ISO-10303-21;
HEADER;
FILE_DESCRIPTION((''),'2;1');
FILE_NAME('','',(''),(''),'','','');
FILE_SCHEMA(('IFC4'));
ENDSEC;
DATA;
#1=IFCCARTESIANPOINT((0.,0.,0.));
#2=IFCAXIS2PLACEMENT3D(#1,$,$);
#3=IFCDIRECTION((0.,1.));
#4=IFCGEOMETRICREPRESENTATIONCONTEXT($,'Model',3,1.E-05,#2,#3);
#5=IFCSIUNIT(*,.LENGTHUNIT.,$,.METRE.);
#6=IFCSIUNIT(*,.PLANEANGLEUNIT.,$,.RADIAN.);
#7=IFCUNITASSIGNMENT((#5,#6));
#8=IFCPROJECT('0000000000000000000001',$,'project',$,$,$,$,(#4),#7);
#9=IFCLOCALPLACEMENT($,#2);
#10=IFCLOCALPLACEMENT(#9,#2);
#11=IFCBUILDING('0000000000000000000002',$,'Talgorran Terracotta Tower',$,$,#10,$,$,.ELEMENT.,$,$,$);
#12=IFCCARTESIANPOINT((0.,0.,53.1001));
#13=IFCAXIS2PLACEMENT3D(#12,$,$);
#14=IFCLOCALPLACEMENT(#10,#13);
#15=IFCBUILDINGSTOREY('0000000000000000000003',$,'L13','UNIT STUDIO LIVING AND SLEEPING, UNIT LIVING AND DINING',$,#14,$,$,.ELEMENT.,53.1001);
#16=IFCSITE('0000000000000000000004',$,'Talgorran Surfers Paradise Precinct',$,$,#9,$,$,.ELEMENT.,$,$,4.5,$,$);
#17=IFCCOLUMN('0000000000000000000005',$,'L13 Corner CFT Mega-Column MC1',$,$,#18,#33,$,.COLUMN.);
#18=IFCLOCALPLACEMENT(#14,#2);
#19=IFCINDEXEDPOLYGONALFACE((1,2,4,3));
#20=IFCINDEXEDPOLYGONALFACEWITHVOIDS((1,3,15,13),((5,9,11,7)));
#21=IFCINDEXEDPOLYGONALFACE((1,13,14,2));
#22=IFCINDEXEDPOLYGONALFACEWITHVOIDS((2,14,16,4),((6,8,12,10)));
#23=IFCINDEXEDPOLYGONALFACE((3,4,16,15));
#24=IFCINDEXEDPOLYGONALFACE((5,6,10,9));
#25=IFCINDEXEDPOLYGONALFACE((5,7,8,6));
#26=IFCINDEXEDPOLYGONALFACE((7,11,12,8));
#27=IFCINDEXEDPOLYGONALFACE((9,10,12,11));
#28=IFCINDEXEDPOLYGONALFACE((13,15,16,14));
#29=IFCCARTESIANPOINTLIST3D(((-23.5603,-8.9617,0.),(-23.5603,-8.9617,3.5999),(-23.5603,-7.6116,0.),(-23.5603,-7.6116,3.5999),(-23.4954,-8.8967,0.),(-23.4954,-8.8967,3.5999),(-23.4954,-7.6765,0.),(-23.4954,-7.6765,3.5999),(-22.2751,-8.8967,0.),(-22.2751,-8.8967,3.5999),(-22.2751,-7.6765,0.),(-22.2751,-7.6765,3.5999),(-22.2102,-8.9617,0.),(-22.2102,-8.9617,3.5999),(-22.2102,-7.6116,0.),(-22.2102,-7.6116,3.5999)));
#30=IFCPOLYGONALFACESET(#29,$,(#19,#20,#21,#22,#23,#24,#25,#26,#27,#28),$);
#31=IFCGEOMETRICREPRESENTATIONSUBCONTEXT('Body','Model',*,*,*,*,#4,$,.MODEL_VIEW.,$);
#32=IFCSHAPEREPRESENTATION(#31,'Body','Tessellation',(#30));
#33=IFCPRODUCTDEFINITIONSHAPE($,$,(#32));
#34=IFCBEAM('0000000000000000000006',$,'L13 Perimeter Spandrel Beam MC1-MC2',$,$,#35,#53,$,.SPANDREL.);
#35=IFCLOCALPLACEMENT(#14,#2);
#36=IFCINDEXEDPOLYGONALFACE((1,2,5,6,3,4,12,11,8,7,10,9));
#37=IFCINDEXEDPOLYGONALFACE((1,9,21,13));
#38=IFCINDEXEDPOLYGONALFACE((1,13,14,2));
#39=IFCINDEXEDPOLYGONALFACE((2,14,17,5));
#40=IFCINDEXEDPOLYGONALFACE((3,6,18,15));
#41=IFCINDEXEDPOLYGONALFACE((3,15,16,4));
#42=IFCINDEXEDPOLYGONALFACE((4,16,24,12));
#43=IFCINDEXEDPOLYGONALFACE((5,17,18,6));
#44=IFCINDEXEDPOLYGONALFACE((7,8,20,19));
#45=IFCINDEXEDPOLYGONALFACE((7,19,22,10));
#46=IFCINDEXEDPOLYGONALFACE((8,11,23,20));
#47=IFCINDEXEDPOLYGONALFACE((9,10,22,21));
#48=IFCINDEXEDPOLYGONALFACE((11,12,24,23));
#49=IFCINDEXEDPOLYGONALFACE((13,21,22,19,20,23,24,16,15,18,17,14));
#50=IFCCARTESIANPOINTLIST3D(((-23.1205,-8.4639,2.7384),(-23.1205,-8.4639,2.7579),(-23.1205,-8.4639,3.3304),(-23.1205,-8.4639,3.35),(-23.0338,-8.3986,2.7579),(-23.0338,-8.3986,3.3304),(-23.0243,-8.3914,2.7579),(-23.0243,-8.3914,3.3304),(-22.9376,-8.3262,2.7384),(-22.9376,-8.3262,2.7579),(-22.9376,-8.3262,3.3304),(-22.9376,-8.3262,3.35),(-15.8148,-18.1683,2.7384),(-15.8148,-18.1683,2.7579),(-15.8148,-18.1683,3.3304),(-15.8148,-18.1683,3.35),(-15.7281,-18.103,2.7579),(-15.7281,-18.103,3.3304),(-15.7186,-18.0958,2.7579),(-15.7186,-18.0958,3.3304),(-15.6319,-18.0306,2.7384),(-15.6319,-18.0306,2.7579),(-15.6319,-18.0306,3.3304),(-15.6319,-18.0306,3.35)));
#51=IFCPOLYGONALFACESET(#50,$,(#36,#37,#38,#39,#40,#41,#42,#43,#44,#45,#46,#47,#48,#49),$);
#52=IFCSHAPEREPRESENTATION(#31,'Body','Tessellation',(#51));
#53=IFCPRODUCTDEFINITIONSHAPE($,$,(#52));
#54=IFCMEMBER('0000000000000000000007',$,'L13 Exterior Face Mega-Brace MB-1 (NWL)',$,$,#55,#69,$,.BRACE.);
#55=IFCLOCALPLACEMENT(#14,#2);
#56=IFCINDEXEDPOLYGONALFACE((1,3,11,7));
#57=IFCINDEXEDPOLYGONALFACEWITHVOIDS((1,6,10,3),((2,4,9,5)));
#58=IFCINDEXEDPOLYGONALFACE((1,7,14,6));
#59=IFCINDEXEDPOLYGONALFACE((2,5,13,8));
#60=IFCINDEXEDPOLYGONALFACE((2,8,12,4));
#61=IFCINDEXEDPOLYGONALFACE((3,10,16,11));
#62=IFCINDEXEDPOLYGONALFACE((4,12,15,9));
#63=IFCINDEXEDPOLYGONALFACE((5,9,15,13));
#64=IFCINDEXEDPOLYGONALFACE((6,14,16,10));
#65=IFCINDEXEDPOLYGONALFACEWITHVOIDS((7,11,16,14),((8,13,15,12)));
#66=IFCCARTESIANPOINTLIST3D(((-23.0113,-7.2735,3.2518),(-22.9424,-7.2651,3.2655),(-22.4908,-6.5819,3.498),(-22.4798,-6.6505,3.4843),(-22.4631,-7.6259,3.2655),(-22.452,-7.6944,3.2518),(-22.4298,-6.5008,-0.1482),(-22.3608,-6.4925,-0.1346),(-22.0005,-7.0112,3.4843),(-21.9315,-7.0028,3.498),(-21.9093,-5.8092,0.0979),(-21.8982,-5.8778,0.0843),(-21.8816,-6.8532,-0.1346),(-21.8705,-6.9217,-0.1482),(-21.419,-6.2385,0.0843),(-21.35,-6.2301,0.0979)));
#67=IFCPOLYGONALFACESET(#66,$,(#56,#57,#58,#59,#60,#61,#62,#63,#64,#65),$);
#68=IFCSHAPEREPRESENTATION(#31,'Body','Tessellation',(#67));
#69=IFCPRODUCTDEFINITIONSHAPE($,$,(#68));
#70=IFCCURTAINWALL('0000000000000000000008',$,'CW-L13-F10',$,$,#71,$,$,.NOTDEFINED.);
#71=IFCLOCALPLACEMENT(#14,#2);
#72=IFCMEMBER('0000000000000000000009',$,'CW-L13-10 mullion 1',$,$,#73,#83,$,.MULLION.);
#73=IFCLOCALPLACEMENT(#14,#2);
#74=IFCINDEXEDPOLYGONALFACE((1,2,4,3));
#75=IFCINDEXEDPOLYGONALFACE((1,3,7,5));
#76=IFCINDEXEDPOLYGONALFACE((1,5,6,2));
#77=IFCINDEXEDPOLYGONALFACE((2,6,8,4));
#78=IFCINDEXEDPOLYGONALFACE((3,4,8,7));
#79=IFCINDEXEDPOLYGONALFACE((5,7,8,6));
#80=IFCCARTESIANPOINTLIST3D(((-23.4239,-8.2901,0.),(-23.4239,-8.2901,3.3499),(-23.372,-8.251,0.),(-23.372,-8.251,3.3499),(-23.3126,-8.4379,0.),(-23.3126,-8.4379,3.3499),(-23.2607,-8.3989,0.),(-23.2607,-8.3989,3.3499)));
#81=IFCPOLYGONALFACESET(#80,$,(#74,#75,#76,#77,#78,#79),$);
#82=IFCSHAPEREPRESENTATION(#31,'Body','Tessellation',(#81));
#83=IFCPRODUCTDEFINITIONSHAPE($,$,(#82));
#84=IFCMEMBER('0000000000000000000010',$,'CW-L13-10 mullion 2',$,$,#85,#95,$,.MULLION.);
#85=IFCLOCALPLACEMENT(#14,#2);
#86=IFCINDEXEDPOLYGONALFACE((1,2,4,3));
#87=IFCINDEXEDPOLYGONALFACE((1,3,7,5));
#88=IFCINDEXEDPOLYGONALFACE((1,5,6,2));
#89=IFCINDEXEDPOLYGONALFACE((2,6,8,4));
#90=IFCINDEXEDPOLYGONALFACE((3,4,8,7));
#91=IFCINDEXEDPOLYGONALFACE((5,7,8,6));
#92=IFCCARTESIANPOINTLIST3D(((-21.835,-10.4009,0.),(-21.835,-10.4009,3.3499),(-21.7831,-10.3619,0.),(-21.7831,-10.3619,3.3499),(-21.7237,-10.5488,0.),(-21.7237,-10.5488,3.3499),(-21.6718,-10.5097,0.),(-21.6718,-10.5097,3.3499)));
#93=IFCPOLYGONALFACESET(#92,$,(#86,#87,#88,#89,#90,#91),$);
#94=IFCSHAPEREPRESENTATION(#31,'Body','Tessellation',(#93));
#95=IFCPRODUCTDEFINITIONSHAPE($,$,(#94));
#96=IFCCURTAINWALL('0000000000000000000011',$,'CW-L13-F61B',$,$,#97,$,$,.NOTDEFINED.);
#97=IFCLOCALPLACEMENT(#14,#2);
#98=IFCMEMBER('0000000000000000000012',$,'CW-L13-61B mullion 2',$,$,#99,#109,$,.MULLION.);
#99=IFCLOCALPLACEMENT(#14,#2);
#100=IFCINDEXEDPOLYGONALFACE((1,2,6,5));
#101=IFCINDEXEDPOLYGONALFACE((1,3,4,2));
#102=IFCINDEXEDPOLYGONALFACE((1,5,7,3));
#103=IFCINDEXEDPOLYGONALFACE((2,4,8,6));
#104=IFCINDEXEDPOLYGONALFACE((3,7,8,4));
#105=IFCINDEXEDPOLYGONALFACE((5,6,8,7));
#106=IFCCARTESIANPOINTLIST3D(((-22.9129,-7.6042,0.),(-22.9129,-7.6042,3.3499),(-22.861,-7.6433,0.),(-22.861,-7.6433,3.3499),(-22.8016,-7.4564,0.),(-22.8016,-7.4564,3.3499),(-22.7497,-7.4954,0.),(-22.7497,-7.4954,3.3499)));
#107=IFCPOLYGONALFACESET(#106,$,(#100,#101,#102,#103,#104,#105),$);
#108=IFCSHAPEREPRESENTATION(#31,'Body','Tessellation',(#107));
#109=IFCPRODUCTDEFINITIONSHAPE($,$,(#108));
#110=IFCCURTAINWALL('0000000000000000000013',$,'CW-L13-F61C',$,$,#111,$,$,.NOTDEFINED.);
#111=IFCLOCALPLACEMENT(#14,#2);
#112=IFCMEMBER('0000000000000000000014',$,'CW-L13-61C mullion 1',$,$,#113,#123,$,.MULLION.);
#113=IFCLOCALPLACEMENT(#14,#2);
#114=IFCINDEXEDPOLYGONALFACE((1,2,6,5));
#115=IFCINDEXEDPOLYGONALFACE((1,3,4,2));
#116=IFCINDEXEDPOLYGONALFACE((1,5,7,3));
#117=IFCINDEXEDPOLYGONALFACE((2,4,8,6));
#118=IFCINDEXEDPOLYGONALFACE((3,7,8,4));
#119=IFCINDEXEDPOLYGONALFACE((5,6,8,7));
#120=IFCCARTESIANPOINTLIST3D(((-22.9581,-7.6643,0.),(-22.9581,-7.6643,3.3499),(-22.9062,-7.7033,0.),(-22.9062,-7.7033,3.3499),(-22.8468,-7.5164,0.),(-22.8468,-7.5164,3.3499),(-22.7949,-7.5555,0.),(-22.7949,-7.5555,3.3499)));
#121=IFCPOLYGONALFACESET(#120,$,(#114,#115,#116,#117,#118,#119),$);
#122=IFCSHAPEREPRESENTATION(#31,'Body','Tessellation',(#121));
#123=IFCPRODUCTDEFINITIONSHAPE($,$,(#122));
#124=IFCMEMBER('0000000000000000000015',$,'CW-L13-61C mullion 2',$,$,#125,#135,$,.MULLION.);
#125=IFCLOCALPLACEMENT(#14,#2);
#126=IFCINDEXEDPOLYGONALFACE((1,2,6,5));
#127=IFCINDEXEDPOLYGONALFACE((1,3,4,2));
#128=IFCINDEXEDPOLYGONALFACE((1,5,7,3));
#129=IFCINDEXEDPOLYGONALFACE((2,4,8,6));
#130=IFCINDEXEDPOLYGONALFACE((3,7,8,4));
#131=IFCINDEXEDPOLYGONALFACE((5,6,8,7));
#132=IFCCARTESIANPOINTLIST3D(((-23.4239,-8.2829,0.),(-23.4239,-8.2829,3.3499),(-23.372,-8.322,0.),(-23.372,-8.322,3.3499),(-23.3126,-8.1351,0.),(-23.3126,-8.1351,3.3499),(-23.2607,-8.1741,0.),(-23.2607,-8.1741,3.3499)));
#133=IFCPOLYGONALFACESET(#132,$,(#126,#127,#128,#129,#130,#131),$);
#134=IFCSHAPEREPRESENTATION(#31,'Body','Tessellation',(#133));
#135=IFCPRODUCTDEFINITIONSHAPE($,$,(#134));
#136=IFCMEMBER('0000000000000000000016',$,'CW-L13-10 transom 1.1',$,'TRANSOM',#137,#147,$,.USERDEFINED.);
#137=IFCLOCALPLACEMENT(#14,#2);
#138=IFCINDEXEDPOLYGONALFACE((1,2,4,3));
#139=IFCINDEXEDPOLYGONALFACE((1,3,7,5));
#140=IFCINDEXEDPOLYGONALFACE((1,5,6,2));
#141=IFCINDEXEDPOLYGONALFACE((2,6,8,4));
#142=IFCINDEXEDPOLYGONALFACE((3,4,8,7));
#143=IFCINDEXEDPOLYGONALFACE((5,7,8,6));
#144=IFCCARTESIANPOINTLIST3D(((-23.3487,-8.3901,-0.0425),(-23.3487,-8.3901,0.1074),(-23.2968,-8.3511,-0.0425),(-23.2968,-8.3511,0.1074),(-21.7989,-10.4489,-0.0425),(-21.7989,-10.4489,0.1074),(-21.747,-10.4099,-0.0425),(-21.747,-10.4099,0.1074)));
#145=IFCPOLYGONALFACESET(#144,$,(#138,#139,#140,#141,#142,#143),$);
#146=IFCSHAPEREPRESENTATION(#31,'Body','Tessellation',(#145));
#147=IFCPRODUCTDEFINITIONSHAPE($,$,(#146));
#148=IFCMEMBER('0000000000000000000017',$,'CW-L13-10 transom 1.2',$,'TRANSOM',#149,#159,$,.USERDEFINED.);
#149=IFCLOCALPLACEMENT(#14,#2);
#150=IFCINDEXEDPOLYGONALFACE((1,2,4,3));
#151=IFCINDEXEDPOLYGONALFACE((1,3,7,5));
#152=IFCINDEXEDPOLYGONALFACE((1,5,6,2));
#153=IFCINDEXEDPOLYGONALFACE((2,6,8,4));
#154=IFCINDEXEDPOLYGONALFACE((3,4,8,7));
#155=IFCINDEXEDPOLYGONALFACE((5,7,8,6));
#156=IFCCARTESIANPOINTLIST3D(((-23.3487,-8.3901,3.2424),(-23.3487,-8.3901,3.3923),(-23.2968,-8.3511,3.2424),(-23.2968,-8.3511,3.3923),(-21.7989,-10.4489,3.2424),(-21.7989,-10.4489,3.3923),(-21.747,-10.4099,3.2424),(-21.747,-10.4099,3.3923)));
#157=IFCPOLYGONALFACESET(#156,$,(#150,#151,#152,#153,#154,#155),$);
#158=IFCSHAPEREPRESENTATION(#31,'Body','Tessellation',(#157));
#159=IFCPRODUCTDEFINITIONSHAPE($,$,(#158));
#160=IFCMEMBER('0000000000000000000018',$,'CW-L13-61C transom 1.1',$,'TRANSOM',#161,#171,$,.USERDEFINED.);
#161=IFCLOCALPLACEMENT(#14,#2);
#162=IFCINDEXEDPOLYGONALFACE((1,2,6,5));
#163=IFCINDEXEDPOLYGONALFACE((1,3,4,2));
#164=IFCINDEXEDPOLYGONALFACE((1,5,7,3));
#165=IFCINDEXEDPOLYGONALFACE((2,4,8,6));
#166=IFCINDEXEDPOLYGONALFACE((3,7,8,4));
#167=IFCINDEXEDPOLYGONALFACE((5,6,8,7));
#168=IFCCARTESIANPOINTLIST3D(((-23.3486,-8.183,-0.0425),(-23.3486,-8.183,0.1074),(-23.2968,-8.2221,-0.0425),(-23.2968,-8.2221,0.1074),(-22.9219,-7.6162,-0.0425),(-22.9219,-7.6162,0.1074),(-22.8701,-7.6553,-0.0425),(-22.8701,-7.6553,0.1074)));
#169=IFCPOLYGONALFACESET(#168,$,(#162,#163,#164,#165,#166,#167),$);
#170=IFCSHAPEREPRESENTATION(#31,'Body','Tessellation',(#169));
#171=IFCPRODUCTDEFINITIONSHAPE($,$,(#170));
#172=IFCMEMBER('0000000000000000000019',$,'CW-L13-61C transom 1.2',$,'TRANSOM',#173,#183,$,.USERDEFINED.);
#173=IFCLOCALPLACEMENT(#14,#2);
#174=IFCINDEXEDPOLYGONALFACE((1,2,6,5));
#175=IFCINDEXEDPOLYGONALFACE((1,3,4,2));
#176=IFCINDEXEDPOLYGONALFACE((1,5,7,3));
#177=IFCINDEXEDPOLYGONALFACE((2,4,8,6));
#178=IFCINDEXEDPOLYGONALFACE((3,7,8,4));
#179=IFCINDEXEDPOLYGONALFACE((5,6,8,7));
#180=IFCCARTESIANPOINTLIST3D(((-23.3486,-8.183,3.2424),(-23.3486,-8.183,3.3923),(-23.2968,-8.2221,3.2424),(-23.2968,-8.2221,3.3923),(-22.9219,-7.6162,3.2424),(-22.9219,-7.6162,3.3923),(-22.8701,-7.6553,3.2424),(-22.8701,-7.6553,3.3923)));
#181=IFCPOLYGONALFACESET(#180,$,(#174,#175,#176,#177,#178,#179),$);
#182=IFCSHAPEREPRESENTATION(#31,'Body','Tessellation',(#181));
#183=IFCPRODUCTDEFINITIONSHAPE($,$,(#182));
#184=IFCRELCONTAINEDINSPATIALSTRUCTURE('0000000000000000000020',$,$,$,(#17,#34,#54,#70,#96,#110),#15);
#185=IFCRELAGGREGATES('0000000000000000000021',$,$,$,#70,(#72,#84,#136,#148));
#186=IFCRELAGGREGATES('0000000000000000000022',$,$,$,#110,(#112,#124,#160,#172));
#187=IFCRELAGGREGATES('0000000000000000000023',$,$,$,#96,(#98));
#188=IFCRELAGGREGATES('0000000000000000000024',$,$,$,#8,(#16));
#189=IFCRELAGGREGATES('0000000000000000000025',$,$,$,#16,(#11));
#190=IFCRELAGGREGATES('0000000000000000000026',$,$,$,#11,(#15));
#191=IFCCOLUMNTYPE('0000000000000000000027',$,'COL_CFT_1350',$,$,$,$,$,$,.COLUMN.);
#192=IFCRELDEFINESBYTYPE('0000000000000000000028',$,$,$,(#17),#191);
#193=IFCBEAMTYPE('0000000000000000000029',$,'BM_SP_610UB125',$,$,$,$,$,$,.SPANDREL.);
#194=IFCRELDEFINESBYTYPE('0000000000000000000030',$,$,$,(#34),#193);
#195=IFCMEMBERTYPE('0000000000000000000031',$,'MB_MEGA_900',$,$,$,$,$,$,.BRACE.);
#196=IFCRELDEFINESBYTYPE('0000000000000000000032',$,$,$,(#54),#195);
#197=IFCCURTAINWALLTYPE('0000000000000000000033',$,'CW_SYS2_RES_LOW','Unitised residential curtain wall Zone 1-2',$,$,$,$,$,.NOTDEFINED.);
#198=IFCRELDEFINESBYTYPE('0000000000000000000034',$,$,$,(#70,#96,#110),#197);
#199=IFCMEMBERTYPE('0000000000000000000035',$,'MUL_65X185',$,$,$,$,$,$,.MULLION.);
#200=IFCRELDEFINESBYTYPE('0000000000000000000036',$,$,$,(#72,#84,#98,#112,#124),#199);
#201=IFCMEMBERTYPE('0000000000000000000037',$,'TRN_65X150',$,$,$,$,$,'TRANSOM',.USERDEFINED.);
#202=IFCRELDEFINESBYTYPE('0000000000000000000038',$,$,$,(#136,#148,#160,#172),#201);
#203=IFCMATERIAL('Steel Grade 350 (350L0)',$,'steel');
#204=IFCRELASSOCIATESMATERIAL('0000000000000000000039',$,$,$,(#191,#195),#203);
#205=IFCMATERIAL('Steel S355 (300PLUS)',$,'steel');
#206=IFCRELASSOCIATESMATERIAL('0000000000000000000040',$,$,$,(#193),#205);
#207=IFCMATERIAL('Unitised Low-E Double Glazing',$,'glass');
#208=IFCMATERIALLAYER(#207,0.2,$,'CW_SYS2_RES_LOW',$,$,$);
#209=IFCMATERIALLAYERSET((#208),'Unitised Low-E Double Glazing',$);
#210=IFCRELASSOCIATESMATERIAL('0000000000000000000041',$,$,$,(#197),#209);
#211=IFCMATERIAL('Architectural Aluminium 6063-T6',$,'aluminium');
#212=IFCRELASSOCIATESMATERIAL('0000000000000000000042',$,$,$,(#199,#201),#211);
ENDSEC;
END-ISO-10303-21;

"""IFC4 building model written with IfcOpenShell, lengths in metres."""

from ifc_helpers import new_model, si_unit, direction, frame, origin, origin_2d, place, context, subcontext, project, spatial, rectangle, hollow_rectangle, i_section, extrude, material, layer, layer_set, material_profile, profile_set, type_object, element, aggregate, save


model = new_model("IFC4")

# Units and contexts
model_context = context("Model", 3, precision=1e-05, world=origin(), true_north=direction((0.0, 1.0)))
body_context = subcontext(model_context, "Body", "Model", "MODEL_VIEW")
ifc_project = project(units=[si_unit("LENGTHUNIT", "METRE"), si_unit("PLANEANGLEUNIT", "RADIAN")], contexts=[model_context])

# Site, building, storey
site_placement = place(None, origin())
site = spatial("IfcSite", under=ifc_project, at=site_placement, Name="Talgorran Surfers Paradise Precinct", CompositionType="ELEMENT", RefElevation=4.5)
building_placement = place(site_placement, origin())
building = spatial("IfcBuilding", under=site, at=building_placement, Name="Talgorran Terracotta Tower", CompositionType="ELEMENT")
storey_placement = place(building_placement, frame((0.0, 0.0, 53.1001)))
storey = spatial("IfcBuildingStorey", under=building, at=storey_placement, Name="L13", Description="UNIT STUDIO LIVING AND SLEEPING, UNIT LIVING AND DINING", CompositionType="ELEMENT", Elevation=53.1001)

# Column
ifc_material_1 = material(Name="Steel Grade 350 (350L0)", Category="steel")
ifc_material_profile_1 = material_profile(ifc_material_1, hollow_rectangle(XDim=1.3501, YDim=1.3501, WallThickness=0.0649, at=origin_2d()), Name="CFT1350X1350X65")
ifc_profile_set_1 = profile_set([ifc_material_profile_1], Name="Steel Grade 350 (350L0)")
column_type = type_object("IfcColumnType", Name="COL_CFT_1350", PredefinedType="COLUMN", material=ifc_profile_set_1)
column_placement = place(storey_placement, frame((-22.8853, -8.2866, 0.0), z_axis=(0.0, 0.0, 1.0), x_axis=(1.0, 0.0, 0.0)))
element("IfcColumn", 1, at=column_placement, inside=storey, type_object=column_type, Name="L13 Corner CFT Mega-Column MC1", PredefinedType="COLUMN", context=body_context, shape_type="SweptSolid", body=[
    extrude(hollow_rectangle(XDim=1.3501, YDim=1.3501, WallThickness=0.0649, at=origin_2d()), origin(), (0.0, 0.0, 1.0), 3.5999),
])

# Beam
ifc_material_2 = material(Name="Steel S355 (300PLUS)", Category="steel")
ifc_material_profile_2 = material_profile(ifc_material_2, i_section(OverallWidth=0.229, OverallDepth=0.6116, WebThickness=0.012, FlangeThickness=0.0195, at=origin_2d()), Name="610UB125")
ifc_profile_set_2 = profile_set([ifc_material_profile_2], Name="Steel S355 (300PLUS)")
beam_type = type_object("IfcBeamType", Name="BM_SP_610UB125", PredefinedType="SPANDREL", material=ifc_profile_set_2)
beam_placement = place(storey_placement, frame((-23.0291, -8.395, 3.0442), z_axis=(0.601443, -0.798916, 0.0), x_axis=(0.798916, 0.601443, 0.0)))
element("IfcBeam", 2, at=beam_placement, inside=storey, type_object=beam_type, Name="L13 Perimeter Spandrel Beam MC1-MC2", PredefinedType="SPANDREL", context=body_context, shape_type="SweptSolid", body=[
    extrude(i_section(OverallWidth=0.229, OverallDepth=0.6116, WebThickness=0.012, FlangeThickness=0.0195, at=origin_2d()), origin(), (0.0, 0.0, 1.0), 12.147),
])

# Member
ifc_material_profile_3 = material_profile(ifc_material_1, hollow_rectangle(XDim=0.7, YDim=0.8999, WallThickness=0.05, at=origin_2d()), Name="WBOX900X700X50")
ifc_profile_set_3 = profile_set([ifc_material_profile_3], Name="Steel Grade 350 (350L0)")
member_type_1 = type_object("IfcMemberType", Name="MB_MEGA_900", PredefinedType="BRACE", material=ifc_profile_set_3)
member_1_placement = place(storey_placement, frame((-21.8899, -6.3655, -0.0251), z_axis=(-0.16451, -0.218587, 0.961851), x_axis=(0.798999, -0.601332, 0.0)))
element("IfcMember", 3, at=member_1_placement, inside=storey, type_object=member_type_1, Name="L13 Exterior Face Mega-Brace MB-1 (NWL)", PredefinedType="BRACE", context=body_context, shape_type="SweptSolid", body=[
    extrude(hollow_rectangle(XDim=0.7, YDim=0.8999, WallThickness=0.05, at=origin_2d()), origin(), (0.0, 0.0, 1.0), 3.5349),
])

# Curtain wall, members
ifc_material_3 = material(Name="Unitised Low-E Double Glazing", Category="glass")
ifc_layer_1 = layer(ifc_material_3, 0.2, Name="CW_SYS2_RES_LOW")
ifc_layer_set_1 = layer_set([ifc_layer_1], Name="Unitised Low-E Double Glazing")
curtain_wall_type = type_object("IfcCurtainWallType", Name="CW_SYS2_RES_LOW", Description="Unitised residential curtain wall Zone 1-2", PredefinedType="NOTDEFINED", material=ifc_layer_set_1)
curtain_wall_1_placement = place(storey_placement, origin())
curtain_wall_1 = element("IfcCurtainWall", 4, at=curtain_wall_1_placement, inside=storey, type_object=curtain_wall_type, Name="CW-L13-F10", PredefinedType="NOTDEFINED")
ifc_material_4 = material(Name="Architectural Aluminium 6063-T6", Category="aluminium")
ifc_material_profile_4 = material_profile(ifc_material_4, rectangle(XDim=0.0649, YDim=0.1851, at=origin_2d()), Name="CWM65X185")
ifc_profile_set_4 = profile_set([ifc_material_profile_4], Name="Architectural Aluminium 6063-T6")
member_type_2 = type_object("IfcMemberType", Name="MUL_65X185", PredefinedType="MULLION", material=ifc_profile_set_4)
member_2_placement = place(storey_placement, frame((-23.3423, -8.3445, 0.0), z_axis=(0.0, 0.0, 1.0), x_axis=(0.798922, 0.601435, 0.0)))
member_2 = element("IfcMember", 5, at=member_2_placement, type_object=member_type_2, Name="CW-L13-10 mullion 1", PredefinedType="MULLION", context=body_context, shape_type="SweptSolid", body=[
    extrude(rectangle(XDim=0.0649, YDim=0.1851, at=origin_2d()), origin(), (0.0, 0.0, 1.0), 3.3499),
])
member_3_placement = place(storey_placement, frame((-21.7534, -10.4553, 0.0), z_axis=(0.0, 0.0, 1.0), x_axis=(0.798922, 0.601435, 0.0)))
member_3 = element("IfcMember", 6, at=member_3_placement, type_object=member_type_2, Name="CW-L13-10 mullion 2", PredefinedType="MULLION", context=body_context, shape_type="SweptSolid", body=[
    extrude(rectangle(XDim=0.0649, YDim=0.1851, at=origin_2d()), origin(), (0.0, 0.0, 1.0), 3.3499),
])

# Curtain wall, member
curtain_wall_2_placement = place(storey_placement, origin())
curtain_wall_2 = element("IfcCurtainWall", 7, at=curtain_wall_2_placement, inside=storey, type_object=curtain_wall_type, Name="CW-L13-F61B", PredefinedType="NOTDEFINED")
member_4_placement = place(storey_placement, frame((-22.8313, -7.5498, 0.0), z_axis=(0.0, 0.0, 1.0), x_axis=(0.798919, -0.601439, 0.0)))
member_4 = element("IfcMember", 8, at=member_4_placement, type_object=member_type_2, Name="CW-L13-61B mullion 2", PredefinedType="MULLION", context=body_context, shape_type="SweptSolid", body=[
    extrude(rectangle(XDim=0.0649, YDim=0.1851, at=origin_2d()), origin(), (0.0, 0.0, 1.0), 3.3499),
])

# Curtain wall, members
curtain_wall_3_placement = place(storey_placement, origin())
curtain_wall_3 = element("IfcCurtainWall", 9, at=curtain_wall_3_placement, inside=storey, type_object=curtain_wall_type, Name="CW-L13-F61C", PredefinedType="NOTDEFINED")
member_5_placement = place(storey_placement, frame((-22.8765, -7.6099, 0.0), z_axis=(0.0, 0.0, 1.0), x_axis=(0.798913, -0.601447, 0.0)))
member_5 = element("IfcMember", 10, at=member_5_placement, type_object=member_type_2, Name="CW-L13-61C mullion 1", PredefinedType="MULLION", context=body_context, shape_type="SweptSolid", body=[
    extrude(rectangle(XDim=0.0649, YDim=0.1851, at=origin_2d()), origin(), (0.0, 0.0, 1.0), 3.3499),
])
member_6_placement = place(storey_placement, frame((-23.3423, -8.2285, 0.0), z_axis=(0.0, 0.0, 1.0), x_axis=(0.798913, -0.601447, 0.0)))
member_6 = element("IfcMember", 11, at=member_6_placement, type_object=member_type_2, Name="CW-L13-61C mullion 2", PredefinedType="MULLION", context=body_context, shape_type="SweptSolid", body=[
    extrude(rectangle(XDim=0.0649, YDim=0.1851, at=origin_2d()), origin(), (0.0, 0.0, 1.0), 3.3499),
])

# Members
ifc_material_profile_5 = material_profile(ifc_material_4, rectangle(XDim=0.0649, YDim=0.1499, at=origin_2d()), Name="CWT65X150")
ifc_profile_set_5 = profile_set([ifc_material_profile_5], Name="Architectural Aluminium 6063-T6")
member_type_3 = type_object("IfcMemberType", Name="TRN_65X150", ElementType="TRANSOM", PredefinedType="USERDEFINED", material=ifc_profile_set_5)
member_7_placement = place(storey_placement, frame((-23.3228, -8.3706, 0.0325), z_axis=(0.601409, -0.798941, 0.0), x_axis=(0.798941, 0.601409, 0.0)))
member_7 = element("IfcMember", 12, at=member_7_placement, type_object=member_type_3, Name="CW-L13-10 transom 1.1", ObjectType="TRANSOM", PredefinedType="USERDEFINED", context=body_context, shape_type="SweptSolid", body=[
    extrude(rectangle(XDim=0.0649, YDim=0.1499, at=origin_2d()), origin(), (0.0, 0.0, 1.0), 2.5769),
])
member_8_placement = place(storey_placement, frame((-23.3228, -8.3706, 3.3174), z_axis=(0.601409, -0.798941, 0.0), x_axis=(0.798941, 0.601409, 0.0)))
member_8 = element("IfcMember", 13, at=member_8_placement, type_object=member_type_3, Name="CW-L13-10 transom 1.2", ObjectType="TRANSOM", PredefinedType="USERDEFINED", context=body_context, shape_type="SweptSolid", body=[
    extrude(rectangle(XDim=0.0649, YDim=0.1499, at=origin_2d()), origin(), (0.0, 0.0, 1.0), 2.5769),
])
member_9_placement = place(storey_placement, frame((-22.896, -7.6357, 0.0325), z_axis=(-0.60143, -0.798925, 0.0), x_axis=(0.798925, -0.60143, 0.0)))
member_9 = element("IfcMember", 14, at=member_9_placement, type_object=member_type_3, Name="CW-L13-61C transom 1.1", ObjectType="TRANSOM", PredefinedType="USERDEFINED", context=body_context, shape_type="SweptSolid", body=[
    extrude(rectangle(XDim=0.0649, YDim=0.1499, at=origin_2d()), origin(), (0.0, 0.0, 1.0), 0.7095),
])
member_10_placement = place(storey_placement, frame((-22.896, -7.6357, 3.3174), z_axis=(-0.60143, -0.798925, 0.0), x_axis=(0.798925, -0.60143, 0.0)))
member_10 = element("IfcMember", 15, at=member_10_placement, type_object=member_type_3, Name="CW-L13-61C transom 1.2", ObjectType="TRANSOM", PredefinedType="USERDEFINED", context=body_context, shape_type="SweptSolid", body=[
    extrude(rectangle(XDim=0.0649, YDim=0.1499, at=origin_2d()), origin(), (0.0, 0.0, 1.0), 0.7095),
])

aggregate(curtain_wall_1, [member_2, member_3, member_7, member_8])
aggregate(curtain_wall_3, [member_5, member_6, member_9, member_10])
aggregate(curtain_wall_2, [member_4])

save(model, "model.ifc")
